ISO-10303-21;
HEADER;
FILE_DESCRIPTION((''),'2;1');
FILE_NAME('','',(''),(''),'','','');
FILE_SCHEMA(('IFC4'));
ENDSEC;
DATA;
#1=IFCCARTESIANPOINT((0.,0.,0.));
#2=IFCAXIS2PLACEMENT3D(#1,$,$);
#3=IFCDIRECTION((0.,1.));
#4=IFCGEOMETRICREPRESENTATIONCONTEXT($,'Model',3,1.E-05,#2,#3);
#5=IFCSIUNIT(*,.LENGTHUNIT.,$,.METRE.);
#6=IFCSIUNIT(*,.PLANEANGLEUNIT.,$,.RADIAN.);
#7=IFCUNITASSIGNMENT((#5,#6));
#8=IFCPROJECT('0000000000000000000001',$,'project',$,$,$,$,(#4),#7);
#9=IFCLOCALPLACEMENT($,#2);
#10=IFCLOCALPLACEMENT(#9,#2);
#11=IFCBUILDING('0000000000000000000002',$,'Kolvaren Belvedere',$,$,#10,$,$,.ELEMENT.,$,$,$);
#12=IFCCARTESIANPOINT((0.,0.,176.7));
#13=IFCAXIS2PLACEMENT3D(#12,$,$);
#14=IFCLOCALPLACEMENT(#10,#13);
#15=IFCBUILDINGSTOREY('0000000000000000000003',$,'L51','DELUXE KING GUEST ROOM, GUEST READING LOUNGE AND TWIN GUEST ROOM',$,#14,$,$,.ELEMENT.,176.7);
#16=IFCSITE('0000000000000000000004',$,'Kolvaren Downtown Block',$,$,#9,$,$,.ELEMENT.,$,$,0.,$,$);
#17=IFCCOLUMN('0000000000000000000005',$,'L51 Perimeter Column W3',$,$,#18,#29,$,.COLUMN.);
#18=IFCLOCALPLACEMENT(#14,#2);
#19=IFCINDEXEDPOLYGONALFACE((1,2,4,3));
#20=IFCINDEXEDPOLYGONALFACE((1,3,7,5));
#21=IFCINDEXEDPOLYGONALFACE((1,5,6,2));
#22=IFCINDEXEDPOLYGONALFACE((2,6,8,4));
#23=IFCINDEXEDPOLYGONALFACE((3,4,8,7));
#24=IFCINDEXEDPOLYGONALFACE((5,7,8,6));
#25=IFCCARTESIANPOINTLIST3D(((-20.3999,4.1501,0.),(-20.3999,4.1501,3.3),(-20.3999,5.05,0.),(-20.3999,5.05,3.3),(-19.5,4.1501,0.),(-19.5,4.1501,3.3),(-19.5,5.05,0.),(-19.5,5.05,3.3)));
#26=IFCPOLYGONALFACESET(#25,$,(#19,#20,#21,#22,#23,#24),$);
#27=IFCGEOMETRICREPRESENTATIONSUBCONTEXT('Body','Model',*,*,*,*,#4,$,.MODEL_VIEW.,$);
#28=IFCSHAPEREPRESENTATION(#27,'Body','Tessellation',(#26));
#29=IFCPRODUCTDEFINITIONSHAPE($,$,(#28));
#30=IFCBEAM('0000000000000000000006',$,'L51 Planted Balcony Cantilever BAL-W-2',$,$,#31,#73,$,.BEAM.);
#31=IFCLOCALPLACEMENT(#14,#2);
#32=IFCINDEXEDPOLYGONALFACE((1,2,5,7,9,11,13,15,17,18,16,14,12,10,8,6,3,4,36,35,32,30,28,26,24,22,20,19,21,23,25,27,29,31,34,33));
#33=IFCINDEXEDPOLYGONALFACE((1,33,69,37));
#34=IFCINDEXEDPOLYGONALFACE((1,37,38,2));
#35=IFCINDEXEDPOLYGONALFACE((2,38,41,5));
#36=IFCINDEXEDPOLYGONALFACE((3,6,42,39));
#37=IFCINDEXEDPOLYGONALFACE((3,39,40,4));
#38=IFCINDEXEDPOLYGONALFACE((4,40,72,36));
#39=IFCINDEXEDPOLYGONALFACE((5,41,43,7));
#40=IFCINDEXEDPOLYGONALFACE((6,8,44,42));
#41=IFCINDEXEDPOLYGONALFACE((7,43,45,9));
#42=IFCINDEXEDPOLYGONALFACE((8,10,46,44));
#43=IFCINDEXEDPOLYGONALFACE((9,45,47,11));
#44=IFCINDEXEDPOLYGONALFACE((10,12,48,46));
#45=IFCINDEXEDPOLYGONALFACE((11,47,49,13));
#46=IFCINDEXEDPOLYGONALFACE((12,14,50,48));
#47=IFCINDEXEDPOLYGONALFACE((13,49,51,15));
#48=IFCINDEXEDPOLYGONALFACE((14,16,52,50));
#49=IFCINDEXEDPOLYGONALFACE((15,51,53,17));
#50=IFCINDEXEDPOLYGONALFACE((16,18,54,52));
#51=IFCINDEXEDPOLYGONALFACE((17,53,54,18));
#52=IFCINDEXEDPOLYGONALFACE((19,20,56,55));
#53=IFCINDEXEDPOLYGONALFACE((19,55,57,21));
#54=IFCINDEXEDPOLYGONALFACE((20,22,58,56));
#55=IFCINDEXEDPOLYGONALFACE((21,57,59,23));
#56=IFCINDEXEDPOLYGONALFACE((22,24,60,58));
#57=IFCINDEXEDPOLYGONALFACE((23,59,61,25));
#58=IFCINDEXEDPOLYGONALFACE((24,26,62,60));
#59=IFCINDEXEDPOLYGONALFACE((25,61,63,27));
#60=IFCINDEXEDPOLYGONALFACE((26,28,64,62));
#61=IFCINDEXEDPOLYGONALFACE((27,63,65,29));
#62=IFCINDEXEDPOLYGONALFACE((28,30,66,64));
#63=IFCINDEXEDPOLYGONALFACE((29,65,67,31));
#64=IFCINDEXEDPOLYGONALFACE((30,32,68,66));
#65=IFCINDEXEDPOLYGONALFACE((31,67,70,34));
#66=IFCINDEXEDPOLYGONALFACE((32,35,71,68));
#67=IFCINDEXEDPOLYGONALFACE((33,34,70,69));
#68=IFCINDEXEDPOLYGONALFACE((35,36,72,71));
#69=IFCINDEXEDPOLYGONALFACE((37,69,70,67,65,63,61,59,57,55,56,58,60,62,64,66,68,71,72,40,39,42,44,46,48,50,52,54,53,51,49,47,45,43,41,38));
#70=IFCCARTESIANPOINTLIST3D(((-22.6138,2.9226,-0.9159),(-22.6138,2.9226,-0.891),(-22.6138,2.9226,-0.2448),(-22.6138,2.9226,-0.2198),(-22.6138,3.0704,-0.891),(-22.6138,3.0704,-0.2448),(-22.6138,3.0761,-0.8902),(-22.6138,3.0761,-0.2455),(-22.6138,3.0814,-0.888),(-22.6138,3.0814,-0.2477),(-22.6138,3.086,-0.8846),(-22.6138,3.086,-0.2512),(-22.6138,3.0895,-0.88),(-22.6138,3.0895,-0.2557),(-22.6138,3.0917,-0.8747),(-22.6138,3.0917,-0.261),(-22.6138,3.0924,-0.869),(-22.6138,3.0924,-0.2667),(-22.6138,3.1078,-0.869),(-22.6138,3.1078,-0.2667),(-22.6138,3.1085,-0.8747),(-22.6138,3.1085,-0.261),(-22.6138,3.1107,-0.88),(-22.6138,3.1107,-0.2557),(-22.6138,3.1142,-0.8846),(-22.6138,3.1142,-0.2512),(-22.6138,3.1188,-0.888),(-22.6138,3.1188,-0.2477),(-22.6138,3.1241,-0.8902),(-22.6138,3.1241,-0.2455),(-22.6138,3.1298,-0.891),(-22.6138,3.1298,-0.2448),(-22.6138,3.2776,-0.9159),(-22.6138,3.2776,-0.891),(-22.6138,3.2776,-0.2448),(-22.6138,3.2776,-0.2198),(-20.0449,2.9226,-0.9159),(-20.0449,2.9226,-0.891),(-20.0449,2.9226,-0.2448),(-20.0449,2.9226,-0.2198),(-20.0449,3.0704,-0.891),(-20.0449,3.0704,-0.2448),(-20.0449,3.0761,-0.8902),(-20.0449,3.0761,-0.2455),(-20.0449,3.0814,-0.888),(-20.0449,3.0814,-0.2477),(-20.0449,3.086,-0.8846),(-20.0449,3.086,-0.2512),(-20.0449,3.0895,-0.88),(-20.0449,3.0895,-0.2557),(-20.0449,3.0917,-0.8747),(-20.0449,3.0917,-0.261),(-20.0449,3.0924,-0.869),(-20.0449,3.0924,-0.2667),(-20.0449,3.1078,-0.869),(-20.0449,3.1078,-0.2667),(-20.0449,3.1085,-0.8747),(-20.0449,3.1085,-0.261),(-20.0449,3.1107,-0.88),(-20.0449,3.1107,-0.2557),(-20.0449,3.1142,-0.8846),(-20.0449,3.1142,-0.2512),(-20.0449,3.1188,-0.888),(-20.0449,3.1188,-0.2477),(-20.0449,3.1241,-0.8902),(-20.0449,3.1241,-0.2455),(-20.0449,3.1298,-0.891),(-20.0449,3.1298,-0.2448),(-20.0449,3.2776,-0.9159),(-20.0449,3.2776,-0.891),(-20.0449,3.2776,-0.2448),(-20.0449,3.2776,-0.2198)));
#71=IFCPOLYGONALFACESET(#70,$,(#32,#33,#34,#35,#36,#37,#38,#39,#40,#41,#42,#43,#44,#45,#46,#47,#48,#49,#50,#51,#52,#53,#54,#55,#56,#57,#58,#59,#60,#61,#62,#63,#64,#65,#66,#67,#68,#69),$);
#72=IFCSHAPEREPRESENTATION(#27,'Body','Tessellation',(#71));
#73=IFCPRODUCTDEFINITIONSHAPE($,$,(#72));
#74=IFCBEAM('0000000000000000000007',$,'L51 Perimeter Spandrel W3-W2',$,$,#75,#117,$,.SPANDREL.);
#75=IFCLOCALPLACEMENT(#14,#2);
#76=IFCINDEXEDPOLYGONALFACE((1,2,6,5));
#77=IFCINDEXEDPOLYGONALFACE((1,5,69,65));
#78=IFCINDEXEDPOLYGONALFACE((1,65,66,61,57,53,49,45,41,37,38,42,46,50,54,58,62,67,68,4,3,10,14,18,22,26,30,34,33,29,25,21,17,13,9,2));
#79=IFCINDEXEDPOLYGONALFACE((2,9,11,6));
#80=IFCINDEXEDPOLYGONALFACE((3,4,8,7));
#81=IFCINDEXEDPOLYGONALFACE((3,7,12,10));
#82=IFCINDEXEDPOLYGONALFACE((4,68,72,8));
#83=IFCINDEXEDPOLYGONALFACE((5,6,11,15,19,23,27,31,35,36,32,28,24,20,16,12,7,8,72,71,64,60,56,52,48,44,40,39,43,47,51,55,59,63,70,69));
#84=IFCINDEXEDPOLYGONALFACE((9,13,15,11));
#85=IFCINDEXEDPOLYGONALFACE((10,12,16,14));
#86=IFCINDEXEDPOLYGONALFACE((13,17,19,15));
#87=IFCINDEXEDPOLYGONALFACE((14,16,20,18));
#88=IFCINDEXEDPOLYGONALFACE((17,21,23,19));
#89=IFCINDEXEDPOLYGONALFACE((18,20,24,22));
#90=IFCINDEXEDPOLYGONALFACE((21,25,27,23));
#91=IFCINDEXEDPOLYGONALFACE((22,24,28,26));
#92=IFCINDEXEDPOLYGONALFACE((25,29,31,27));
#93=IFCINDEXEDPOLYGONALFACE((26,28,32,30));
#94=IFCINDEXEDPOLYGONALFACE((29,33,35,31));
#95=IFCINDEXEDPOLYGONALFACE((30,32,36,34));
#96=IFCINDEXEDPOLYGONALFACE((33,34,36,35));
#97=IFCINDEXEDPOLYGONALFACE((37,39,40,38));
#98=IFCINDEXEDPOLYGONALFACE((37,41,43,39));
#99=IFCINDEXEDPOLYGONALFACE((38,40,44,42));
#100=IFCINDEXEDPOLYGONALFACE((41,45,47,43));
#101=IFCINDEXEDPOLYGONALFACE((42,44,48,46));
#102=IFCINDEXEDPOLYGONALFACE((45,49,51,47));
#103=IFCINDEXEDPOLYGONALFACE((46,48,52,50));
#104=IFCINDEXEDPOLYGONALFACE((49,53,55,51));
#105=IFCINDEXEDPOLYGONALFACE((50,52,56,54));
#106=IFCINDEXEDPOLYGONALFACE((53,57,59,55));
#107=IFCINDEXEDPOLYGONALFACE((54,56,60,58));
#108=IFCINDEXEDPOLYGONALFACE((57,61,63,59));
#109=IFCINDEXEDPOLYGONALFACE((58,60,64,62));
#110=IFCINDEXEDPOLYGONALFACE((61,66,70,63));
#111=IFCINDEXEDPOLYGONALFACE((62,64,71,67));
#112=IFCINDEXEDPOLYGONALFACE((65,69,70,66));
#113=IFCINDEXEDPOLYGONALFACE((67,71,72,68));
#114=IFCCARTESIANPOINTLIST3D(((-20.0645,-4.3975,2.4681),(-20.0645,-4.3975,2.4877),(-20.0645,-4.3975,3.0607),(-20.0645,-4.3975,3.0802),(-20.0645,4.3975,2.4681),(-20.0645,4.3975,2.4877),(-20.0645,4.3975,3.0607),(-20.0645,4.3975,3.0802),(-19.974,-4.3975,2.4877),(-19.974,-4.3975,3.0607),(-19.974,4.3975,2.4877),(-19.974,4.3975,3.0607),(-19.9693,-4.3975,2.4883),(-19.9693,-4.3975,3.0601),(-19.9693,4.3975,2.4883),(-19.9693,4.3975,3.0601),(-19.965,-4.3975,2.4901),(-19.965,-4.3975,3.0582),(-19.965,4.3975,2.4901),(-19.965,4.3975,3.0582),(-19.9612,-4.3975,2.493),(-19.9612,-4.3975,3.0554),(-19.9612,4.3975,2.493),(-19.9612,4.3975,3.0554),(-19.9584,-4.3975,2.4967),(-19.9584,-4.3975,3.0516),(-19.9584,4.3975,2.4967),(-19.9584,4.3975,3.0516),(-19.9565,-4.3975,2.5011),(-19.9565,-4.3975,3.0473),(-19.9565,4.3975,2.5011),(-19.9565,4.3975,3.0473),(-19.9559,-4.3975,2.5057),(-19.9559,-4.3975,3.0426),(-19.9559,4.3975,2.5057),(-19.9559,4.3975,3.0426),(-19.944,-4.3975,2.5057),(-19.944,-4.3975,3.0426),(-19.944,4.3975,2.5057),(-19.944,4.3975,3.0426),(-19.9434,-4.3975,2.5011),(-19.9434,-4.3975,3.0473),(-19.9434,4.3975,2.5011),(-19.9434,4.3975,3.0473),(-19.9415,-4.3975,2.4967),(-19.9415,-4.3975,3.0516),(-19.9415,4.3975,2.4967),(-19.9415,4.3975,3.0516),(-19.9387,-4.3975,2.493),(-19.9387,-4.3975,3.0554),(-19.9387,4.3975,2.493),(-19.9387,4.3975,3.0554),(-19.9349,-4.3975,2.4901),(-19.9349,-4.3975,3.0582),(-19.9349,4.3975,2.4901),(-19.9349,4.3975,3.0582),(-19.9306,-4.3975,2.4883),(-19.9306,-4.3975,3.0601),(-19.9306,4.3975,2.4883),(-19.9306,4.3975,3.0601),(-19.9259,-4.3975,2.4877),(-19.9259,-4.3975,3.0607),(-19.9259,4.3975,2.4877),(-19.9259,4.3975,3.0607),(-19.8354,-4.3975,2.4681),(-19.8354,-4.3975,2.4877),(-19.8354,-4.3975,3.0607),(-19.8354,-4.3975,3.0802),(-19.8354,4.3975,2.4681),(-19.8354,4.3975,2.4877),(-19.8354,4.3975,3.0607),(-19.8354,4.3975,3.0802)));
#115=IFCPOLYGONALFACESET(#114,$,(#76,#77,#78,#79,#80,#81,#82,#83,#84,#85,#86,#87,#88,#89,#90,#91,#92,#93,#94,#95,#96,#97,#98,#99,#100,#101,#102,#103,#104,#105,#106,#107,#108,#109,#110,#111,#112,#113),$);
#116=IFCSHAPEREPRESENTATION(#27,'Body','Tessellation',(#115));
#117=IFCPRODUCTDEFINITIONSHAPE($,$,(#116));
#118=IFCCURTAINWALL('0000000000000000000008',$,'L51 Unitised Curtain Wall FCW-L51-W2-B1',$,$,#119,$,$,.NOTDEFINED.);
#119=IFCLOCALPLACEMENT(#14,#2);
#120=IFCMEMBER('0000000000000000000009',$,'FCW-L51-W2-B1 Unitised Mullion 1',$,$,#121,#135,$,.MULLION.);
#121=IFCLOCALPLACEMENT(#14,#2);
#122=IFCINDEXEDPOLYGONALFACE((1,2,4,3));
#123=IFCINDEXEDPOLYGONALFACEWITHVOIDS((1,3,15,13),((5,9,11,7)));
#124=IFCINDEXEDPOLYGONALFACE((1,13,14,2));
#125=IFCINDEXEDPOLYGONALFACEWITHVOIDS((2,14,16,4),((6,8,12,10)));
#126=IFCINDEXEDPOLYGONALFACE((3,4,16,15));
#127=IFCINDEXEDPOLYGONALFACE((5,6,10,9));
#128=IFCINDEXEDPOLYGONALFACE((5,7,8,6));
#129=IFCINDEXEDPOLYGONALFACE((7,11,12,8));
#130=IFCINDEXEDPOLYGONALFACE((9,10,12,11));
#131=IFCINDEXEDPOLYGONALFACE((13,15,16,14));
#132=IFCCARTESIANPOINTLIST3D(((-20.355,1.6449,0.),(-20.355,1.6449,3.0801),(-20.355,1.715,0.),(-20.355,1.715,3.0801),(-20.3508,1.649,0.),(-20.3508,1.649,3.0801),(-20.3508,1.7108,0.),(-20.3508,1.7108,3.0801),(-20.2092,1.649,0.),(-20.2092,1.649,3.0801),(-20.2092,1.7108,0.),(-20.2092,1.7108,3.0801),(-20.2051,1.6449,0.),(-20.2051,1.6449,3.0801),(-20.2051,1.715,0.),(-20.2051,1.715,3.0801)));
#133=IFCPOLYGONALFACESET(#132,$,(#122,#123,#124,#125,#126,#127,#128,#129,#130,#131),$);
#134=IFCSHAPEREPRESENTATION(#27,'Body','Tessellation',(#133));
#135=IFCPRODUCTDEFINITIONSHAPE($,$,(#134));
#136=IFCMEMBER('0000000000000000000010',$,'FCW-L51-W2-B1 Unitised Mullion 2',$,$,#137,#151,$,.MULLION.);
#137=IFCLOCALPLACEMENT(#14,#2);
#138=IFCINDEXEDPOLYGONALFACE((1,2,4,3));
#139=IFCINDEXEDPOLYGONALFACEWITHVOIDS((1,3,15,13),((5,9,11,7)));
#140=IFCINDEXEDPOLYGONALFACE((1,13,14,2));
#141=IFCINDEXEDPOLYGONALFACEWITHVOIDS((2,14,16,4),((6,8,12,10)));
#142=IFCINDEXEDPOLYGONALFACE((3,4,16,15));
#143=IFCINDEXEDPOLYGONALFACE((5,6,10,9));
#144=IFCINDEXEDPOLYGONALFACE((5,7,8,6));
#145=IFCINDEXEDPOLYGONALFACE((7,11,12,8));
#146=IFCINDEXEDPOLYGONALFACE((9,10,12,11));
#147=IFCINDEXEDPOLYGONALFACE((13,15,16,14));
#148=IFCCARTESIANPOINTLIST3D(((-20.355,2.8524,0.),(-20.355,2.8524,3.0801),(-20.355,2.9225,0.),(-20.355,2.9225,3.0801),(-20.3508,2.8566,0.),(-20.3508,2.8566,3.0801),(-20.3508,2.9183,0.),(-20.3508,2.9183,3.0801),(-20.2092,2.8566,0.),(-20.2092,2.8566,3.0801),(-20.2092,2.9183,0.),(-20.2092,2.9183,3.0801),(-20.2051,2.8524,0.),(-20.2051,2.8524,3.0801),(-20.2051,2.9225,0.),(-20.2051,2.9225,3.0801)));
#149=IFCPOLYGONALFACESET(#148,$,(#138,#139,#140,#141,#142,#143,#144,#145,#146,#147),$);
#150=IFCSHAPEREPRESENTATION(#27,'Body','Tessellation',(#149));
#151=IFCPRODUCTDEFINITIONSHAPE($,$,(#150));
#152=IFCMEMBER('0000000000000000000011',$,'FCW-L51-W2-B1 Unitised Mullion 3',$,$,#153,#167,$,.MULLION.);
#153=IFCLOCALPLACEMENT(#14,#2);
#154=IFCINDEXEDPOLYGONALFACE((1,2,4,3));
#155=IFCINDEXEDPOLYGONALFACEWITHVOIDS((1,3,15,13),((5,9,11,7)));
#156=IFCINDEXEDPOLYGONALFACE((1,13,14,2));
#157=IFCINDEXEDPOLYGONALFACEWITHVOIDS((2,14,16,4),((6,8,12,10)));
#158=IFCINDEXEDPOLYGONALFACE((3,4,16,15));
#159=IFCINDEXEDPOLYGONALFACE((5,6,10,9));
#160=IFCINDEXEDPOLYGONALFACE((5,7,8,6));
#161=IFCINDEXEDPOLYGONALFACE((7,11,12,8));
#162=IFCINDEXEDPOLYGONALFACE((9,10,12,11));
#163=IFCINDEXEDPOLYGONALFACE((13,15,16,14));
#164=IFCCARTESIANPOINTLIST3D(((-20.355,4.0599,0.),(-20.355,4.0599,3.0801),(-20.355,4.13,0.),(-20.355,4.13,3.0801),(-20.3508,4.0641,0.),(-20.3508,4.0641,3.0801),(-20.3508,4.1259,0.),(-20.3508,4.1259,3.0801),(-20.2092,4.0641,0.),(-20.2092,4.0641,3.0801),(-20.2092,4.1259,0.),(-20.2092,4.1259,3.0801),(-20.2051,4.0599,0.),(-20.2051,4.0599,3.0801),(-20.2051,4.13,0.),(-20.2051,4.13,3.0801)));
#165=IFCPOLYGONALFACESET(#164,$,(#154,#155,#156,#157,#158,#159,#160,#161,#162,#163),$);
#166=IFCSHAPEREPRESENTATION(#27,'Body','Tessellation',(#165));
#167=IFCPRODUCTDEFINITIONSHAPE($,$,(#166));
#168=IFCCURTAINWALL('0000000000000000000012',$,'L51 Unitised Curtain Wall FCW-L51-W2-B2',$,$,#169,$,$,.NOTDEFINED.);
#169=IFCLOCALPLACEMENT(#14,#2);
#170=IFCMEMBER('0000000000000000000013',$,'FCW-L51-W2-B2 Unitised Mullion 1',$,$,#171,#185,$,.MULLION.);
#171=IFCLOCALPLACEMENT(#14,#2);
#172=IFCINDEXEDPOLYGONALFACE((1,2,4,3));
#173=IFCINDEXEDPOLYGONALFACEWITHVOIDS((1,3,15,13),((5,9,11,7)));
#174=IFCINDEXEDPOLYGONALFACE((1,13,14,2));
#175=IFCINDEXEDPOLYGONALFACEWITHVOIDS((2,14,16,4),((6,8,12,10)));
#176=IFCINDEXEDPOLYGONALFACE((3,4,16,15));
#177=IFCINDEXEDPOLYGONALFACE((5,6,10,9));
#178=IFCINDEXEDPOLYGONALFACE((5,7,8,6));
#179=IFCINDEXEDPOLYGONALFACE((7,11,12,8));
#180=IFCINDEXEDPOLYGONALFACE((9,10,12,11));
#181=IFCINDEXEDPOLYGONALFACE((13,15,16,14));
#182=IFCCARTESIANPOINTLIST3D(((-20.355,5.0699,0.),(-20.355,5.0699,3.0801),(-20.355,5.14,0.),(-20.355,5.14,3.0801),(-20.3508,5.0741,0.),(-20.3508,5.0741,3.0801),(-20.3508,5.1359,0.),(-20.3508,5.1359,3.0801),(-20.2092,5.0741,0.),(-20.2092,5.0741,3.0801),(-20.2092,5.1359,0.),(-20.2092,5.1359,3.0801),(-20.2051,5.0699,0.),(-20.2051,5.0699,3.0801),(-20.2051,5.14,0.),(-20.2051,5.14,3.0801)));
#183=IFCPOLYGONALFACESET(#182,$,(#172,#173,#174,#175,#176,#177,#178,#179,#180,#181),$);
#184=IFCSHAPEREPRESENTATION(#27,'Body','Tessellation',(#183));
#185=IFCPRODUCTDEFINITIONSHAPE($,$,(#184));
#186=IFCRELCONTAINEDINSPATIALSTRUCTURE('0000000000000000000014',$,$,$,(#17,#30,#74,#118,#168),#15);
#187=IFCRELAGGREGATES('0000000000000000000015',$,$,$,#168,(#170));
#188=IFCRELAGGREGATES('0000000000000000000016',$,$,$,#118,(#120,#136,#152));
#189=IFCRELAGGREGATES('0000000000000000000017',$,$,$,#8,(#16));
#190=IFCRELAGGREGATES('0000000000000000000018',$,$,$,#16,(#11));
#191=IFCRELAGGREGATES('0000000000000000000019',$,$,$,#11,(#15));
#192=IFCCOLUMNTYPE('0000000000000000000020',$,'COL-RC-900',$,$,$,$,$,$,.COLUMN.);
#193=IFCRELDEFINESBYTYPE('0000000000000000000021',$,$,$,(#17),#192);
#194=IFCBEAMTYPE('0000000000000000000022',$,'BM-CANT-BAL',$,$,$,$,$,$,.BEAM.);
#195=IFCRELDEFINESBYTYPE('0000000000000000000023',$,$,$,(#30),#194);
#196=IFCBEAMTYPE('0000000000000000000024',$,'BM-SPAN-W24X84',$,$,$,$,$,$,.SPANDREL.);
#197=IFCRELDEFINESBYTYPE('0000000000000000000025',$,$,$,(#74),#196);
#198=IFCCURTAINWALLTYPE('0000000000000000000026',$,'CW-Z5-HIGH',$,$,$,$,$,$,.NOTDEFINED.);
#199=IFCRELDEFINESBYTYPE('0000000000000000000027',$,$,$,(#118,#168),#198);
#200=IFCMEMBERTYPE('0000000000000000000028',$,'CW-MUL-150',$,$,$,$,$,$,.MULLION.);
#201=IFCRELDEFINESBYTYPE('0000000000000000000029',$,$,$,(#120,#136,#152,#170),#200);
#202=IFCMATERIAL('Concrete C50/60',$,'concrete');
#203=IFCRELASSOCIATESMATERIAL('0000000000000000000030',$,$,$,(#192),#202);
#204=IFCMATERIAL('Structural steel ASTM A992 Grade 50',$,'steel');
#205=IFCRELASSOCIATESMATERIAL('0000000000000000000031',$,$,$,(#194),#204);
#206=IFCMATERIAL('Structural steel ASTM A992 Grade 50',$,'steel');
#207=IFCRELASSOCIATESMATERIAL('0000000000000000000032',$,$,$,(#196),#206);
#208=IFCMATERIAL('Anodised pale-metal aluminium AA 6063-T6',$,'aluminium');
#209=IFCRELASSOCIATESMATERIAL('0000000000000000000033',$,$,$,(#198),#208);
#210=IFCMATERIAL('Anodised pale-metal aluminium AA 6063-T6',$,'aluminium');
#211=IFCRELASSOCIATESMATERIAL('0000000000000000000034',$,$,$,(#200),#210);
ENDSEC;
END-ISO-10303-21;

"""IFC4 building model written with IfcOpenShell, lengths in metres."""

from ifc_helpers import new_model, si_unit, direction, frame, origin, origin_2d, place, context, subcontext, project, spatial, rectangle, hollow_rectangle, i_section, extrude, material, material_profile, profile_set, type_object, element, aggregate, save


model = new_model("IFC4")

# Units and contexts
model_context = context("Model", 3, precision=1e-05, world=origin(), true_north=direction((0.0, 1.0)))
body_context = subcontext(model_context, "Body", "Model", "MODEL_VIEW")
ifc_project = project(units=[si_unit("LENGTHUNIT", "METRE"), si_unit("PLANEANGLEUNIT", "RADIAN")], contexts=[model_context])

# Site, building, storey
site_placement = place(None, origin())
site = spatial("IfcSite", under=ifc_project, at=site_placement, Name="Kolvaren Downtown Block", CompositionType="ELEMENT", RefElevation=0.0)
building_placement = place(site_placement, origin())
building = spatial("IfcBuilding", under=site, at=building_placement, Name="Kolvaren Belvedere", CompositionType="ELEMENT")
storey_placement = place(building_placement, frame((0.0, 0.0, 176.7)))
storey = spatial("IfcBuildingStorey", under=building, at=storey_placement, Name="L51", Description="DELUXE KING GUEST ROOM, GUEST READING LOUNGE AND TWIN GUEST ROOM", CompositionType="ELEMENT", Elevation=176.7)

# Column
ifc_material_1 = material(Name="Concrete C50/60", Category="concrete")
ifc_material_profile_1 = material_profile(ifc_material_1, rectangle(XDim=0.8999, YDim=0.8999, at=origin_2d()), Name="RC 900X900")
ifc_profile_set_1 = profile_set([ifc_material_profile_1], Name="Concrete C50/60")
column_type = type_object("IfcColumnType", Name="COL-RC-900", PredefinedType="COLUMN", material=ifc_profile_set_1)
column_placement = place(storey_placement, frame((-19.95, 4.6001, 0.0), z_axis=(0.0, 0.0, 1.0), x_axis=(1.0, 0.0, 0.0)))
element("IfcColumn", 1, at=column_placement, inside=storey, type_object=column_type, Name="L51 Perimeter Column W3", PredefinedType="COLUMN", context=body_context, shape_type="SweptSolid", body=[
    extrude(rectangle(XDim=0.8999, YDim=0.8999, at=origin_2d()), origin(), (0.0, 0.0, 1.0), 3.3),
])

# Beams
ifc_material_2 = material(Name="Structural steel ASTM A992 Grade 50", Category="steel")
ifc_material_profile_2 = material_profile(ifc_material_2, i_section(OverallWidth=0.355, OverallDepth=0.696, WebThickness=0.0154, FlangeThickness=0.0249, FilletRadius=0.022, at=origin_2d()), Name="W27X146")
ifc_profile_set_2 = profile_set([ifc_material_profile_2], Name="Structural steel ASTM A992 Grade 50")
beam_type_1 = type_object("IfcBeamType", Name="BM-CANT-BAL", PredefinedType="BEAM", material=ifc_profile_set_2)
beam_1_placement = place(storey_placement, frame((-20.0449, 3.1001, -0.5679), z_axis=(-1.0, 0.0, 0.0), x_axis=(0.0, -1.0, 0.0)))
element("IfcBeam", 2, at=beam_1_placement, inside=storey, type_object=beam_type_1, Name="L51 Planted Balcony Cantilever BAL-W-2", PredefinedType="BEAM", context=body_context, shape_type="SweptSolid", body=[
    extrude(i_section(OverallWidth=0.355, OverallDepth=0.696, WebThickness=0.0154, FlangeThickness=0.0249, FilletRadius=0.022, at=origin_2d()), origin(), (0.0, 0.0, 1.0), 2.5688),
])
ifc_material_3 = material(Name="Structural steel ASTM A992 Grade 50", Category="steel")
ifc_material_profile_3 = material_profile(ifc_material_3, i_section(OverallWidth=0.229, OverallDepth=0.6121, WebThickness=0.012, FlangeThickness=0.0195, FilletRadius=0.0181, at=origin_2d()), Name="W24X84")
ifc_profile_set_3 = profile_set([ifc_material_profile_3], Name="Structural steel ASTM A992 Grade 50")
beam_type_2 = type_object("IfcBeamType", Name="BM-SPAN-W24X84", PredefinedType="SPANDREL", material=ifc_profile_set_3)
beam_2_placement = place(storey_placement, frame((-19.95, 4.3975, 2.7742), z_axis=(0.0, -1.0, 0.0), x_axis=(1.0, 0.0, 0.0)))
element("IfcBeam", 3, at=beam_2_placement, inside=storey, type_object=beam_type_2, Name="L51 Perimeter Spandrel W3-W2", PredefinedType="SPANDREL", context=body_context, shape_type="SweptSolid", body=[
    extrude(i_section(OverallWidth=0.229, OverallDepth=0.6121, WebThickness=0.012, FlangeThickness=0.0195, FilletRadius=0.0181, at=origin_2d()), origin(), (0.0, 0.0, 1.0), 8.7949),
])

# Curtain wall, members
ifc_material_4 = material(Name="Anodised pale-metal aluminium AA 6063-T6", Category="aluminium")
curtain_wall_type = type_object("IfcCurtainWallType", Name="CW-Z5-HIGH", PredefinedType="NOTDEFINED", material=ifc_material_4)
curtain_wall_1_placement = place(storey_placement, origin())
curtain_wall_1 = element("IfcCurtainWall", 4, at=curtain_wall_1_placement, inside=storey, type_object=curtain_wall_type, Name="L51 Unitised Curtain Wall FCW-L51-W2-B1", PredefinedType="NOTDEFINED")
ifc_material_5 = material(Name="Anodised pale-metal aluminium AA 6063-T6", Category="aluminium")
ifc_material_profile_4 = material_profile(ifc_material_5, hollow_rectangle(XDim=0.0701, YDim=0.1499, WallThickness=0.0042, at=origin_2d()), Name="ALU-MUL-150X70")
ifc_profile_set_4 = profile_set([ifc_material_profile_4], Name="Anodised pale-metal aluminium AA 6063-T6")
member_type_1 = type_object("IfcMemberType", Name="CW-MUL-150", PredefinedType="MULLION", material=ifc_profile_set_4)
member_1_placement = place(storey_placement, frame((-20.28, 1.6799, 0.0), z_axis=(0.0, 0.0, 1.0), x_axis=(0.0, 1.0, 0.0)))
member_1 = element("IfcMember", 5, at=member_1_placement, type_object=member_type_1, Name="FCW-L51-W2-B1 Unitised Mullion 1", PredefinedType="MULLION", context=body_context, shape_type="SweptSolid", body=[
    extrude(hollow_rectangle(XDim=0.0701, YDim=0.1499, WallThickness=0.0042, at=origin_2d()), origin(), (0.0, 0.0, 1.0), 3.0801),
])
member_2_placement = place(storey_placement, frame((-20.28, 2.8875, 0.0), z_axis=(0.0, 0.0, 1.0), x_axis=(0.0, 1.0, 0.0)))
member_2 = element("IfcMember", 6, at=member_2_placement, type_object=member_type_1, Name="FCW-L51-W2-B1 Unitised Mullion 2", PredefinedType="MULLION", context=body_context, shape_type="SweptSolid", body=[
    extrude(hollow_rectangle(XDim=0.0701, YDim=0.1499, WallThickness=0.0042, at=origin_2d()), origin(), (0.0, 0.0, 1.0), 3.0801),
])
member_3_placement = place(storey_placement, frame((-20.28, 4.095, 0.0), z_axis=(0.0, 0.0, 1.0), x_axis=(0.0, 1.0, 0.0)))
member_3 = element("IfcMember", 7, at=member_3_placement, type_object=member_type_1, Name="FCW-L51-W2-B1 Unitised Mullion 3", PredefinedType="MULLION", context=body_context, shape_type="SweptSolid", body=[
    extrude(hollow_rectangle(XDim=0.0701, YDim=0.1499, WallThickness=0.0042, at=origin_2d()), origin(), (0.0, 0.0, 1.0), 3.0801),
])

# Curtain wall, member
curtain_wall_2_placement = place(storey_placement, origin())
curtain_wall_2 = element("IfcCurtainWall", 8, at=curtain_wall_2_placement, inside=storey, type_object=curtain_wall_type, Name="L51 Unitised Curtain Wall FCW-L51-W2-B2", PredefinedType="NOTDEFINED")
member_4_placement = place(storey_placement, frame((-20.28, 5.105, 0.0), z_axis=(0.0, 0.0, 1.0), x_axis=(0.0, 1.0, 0.0)))
member_4 = element("IfcMember", 9, at=member_4_placement, type_object=member_type_1, Name="FCW-L51-W2-B2 Unitised Mullion 1", PredefinedType="MULLION", context=body_context, shape_type="SweptSolid", body=[
    extrude(hollow_rectangle(XDim=0.0701, YDim=0.1499, WallThickness=0.0042, at=origin_2d()), origin(), (0.0, 0.0, 1.0), 3.0801),
])

aggregate(curtain_wall_2, [member_4])

aggregate(curtain_wall_1, [member_1, member_2, member_3])

save(model, "model.ifc")
